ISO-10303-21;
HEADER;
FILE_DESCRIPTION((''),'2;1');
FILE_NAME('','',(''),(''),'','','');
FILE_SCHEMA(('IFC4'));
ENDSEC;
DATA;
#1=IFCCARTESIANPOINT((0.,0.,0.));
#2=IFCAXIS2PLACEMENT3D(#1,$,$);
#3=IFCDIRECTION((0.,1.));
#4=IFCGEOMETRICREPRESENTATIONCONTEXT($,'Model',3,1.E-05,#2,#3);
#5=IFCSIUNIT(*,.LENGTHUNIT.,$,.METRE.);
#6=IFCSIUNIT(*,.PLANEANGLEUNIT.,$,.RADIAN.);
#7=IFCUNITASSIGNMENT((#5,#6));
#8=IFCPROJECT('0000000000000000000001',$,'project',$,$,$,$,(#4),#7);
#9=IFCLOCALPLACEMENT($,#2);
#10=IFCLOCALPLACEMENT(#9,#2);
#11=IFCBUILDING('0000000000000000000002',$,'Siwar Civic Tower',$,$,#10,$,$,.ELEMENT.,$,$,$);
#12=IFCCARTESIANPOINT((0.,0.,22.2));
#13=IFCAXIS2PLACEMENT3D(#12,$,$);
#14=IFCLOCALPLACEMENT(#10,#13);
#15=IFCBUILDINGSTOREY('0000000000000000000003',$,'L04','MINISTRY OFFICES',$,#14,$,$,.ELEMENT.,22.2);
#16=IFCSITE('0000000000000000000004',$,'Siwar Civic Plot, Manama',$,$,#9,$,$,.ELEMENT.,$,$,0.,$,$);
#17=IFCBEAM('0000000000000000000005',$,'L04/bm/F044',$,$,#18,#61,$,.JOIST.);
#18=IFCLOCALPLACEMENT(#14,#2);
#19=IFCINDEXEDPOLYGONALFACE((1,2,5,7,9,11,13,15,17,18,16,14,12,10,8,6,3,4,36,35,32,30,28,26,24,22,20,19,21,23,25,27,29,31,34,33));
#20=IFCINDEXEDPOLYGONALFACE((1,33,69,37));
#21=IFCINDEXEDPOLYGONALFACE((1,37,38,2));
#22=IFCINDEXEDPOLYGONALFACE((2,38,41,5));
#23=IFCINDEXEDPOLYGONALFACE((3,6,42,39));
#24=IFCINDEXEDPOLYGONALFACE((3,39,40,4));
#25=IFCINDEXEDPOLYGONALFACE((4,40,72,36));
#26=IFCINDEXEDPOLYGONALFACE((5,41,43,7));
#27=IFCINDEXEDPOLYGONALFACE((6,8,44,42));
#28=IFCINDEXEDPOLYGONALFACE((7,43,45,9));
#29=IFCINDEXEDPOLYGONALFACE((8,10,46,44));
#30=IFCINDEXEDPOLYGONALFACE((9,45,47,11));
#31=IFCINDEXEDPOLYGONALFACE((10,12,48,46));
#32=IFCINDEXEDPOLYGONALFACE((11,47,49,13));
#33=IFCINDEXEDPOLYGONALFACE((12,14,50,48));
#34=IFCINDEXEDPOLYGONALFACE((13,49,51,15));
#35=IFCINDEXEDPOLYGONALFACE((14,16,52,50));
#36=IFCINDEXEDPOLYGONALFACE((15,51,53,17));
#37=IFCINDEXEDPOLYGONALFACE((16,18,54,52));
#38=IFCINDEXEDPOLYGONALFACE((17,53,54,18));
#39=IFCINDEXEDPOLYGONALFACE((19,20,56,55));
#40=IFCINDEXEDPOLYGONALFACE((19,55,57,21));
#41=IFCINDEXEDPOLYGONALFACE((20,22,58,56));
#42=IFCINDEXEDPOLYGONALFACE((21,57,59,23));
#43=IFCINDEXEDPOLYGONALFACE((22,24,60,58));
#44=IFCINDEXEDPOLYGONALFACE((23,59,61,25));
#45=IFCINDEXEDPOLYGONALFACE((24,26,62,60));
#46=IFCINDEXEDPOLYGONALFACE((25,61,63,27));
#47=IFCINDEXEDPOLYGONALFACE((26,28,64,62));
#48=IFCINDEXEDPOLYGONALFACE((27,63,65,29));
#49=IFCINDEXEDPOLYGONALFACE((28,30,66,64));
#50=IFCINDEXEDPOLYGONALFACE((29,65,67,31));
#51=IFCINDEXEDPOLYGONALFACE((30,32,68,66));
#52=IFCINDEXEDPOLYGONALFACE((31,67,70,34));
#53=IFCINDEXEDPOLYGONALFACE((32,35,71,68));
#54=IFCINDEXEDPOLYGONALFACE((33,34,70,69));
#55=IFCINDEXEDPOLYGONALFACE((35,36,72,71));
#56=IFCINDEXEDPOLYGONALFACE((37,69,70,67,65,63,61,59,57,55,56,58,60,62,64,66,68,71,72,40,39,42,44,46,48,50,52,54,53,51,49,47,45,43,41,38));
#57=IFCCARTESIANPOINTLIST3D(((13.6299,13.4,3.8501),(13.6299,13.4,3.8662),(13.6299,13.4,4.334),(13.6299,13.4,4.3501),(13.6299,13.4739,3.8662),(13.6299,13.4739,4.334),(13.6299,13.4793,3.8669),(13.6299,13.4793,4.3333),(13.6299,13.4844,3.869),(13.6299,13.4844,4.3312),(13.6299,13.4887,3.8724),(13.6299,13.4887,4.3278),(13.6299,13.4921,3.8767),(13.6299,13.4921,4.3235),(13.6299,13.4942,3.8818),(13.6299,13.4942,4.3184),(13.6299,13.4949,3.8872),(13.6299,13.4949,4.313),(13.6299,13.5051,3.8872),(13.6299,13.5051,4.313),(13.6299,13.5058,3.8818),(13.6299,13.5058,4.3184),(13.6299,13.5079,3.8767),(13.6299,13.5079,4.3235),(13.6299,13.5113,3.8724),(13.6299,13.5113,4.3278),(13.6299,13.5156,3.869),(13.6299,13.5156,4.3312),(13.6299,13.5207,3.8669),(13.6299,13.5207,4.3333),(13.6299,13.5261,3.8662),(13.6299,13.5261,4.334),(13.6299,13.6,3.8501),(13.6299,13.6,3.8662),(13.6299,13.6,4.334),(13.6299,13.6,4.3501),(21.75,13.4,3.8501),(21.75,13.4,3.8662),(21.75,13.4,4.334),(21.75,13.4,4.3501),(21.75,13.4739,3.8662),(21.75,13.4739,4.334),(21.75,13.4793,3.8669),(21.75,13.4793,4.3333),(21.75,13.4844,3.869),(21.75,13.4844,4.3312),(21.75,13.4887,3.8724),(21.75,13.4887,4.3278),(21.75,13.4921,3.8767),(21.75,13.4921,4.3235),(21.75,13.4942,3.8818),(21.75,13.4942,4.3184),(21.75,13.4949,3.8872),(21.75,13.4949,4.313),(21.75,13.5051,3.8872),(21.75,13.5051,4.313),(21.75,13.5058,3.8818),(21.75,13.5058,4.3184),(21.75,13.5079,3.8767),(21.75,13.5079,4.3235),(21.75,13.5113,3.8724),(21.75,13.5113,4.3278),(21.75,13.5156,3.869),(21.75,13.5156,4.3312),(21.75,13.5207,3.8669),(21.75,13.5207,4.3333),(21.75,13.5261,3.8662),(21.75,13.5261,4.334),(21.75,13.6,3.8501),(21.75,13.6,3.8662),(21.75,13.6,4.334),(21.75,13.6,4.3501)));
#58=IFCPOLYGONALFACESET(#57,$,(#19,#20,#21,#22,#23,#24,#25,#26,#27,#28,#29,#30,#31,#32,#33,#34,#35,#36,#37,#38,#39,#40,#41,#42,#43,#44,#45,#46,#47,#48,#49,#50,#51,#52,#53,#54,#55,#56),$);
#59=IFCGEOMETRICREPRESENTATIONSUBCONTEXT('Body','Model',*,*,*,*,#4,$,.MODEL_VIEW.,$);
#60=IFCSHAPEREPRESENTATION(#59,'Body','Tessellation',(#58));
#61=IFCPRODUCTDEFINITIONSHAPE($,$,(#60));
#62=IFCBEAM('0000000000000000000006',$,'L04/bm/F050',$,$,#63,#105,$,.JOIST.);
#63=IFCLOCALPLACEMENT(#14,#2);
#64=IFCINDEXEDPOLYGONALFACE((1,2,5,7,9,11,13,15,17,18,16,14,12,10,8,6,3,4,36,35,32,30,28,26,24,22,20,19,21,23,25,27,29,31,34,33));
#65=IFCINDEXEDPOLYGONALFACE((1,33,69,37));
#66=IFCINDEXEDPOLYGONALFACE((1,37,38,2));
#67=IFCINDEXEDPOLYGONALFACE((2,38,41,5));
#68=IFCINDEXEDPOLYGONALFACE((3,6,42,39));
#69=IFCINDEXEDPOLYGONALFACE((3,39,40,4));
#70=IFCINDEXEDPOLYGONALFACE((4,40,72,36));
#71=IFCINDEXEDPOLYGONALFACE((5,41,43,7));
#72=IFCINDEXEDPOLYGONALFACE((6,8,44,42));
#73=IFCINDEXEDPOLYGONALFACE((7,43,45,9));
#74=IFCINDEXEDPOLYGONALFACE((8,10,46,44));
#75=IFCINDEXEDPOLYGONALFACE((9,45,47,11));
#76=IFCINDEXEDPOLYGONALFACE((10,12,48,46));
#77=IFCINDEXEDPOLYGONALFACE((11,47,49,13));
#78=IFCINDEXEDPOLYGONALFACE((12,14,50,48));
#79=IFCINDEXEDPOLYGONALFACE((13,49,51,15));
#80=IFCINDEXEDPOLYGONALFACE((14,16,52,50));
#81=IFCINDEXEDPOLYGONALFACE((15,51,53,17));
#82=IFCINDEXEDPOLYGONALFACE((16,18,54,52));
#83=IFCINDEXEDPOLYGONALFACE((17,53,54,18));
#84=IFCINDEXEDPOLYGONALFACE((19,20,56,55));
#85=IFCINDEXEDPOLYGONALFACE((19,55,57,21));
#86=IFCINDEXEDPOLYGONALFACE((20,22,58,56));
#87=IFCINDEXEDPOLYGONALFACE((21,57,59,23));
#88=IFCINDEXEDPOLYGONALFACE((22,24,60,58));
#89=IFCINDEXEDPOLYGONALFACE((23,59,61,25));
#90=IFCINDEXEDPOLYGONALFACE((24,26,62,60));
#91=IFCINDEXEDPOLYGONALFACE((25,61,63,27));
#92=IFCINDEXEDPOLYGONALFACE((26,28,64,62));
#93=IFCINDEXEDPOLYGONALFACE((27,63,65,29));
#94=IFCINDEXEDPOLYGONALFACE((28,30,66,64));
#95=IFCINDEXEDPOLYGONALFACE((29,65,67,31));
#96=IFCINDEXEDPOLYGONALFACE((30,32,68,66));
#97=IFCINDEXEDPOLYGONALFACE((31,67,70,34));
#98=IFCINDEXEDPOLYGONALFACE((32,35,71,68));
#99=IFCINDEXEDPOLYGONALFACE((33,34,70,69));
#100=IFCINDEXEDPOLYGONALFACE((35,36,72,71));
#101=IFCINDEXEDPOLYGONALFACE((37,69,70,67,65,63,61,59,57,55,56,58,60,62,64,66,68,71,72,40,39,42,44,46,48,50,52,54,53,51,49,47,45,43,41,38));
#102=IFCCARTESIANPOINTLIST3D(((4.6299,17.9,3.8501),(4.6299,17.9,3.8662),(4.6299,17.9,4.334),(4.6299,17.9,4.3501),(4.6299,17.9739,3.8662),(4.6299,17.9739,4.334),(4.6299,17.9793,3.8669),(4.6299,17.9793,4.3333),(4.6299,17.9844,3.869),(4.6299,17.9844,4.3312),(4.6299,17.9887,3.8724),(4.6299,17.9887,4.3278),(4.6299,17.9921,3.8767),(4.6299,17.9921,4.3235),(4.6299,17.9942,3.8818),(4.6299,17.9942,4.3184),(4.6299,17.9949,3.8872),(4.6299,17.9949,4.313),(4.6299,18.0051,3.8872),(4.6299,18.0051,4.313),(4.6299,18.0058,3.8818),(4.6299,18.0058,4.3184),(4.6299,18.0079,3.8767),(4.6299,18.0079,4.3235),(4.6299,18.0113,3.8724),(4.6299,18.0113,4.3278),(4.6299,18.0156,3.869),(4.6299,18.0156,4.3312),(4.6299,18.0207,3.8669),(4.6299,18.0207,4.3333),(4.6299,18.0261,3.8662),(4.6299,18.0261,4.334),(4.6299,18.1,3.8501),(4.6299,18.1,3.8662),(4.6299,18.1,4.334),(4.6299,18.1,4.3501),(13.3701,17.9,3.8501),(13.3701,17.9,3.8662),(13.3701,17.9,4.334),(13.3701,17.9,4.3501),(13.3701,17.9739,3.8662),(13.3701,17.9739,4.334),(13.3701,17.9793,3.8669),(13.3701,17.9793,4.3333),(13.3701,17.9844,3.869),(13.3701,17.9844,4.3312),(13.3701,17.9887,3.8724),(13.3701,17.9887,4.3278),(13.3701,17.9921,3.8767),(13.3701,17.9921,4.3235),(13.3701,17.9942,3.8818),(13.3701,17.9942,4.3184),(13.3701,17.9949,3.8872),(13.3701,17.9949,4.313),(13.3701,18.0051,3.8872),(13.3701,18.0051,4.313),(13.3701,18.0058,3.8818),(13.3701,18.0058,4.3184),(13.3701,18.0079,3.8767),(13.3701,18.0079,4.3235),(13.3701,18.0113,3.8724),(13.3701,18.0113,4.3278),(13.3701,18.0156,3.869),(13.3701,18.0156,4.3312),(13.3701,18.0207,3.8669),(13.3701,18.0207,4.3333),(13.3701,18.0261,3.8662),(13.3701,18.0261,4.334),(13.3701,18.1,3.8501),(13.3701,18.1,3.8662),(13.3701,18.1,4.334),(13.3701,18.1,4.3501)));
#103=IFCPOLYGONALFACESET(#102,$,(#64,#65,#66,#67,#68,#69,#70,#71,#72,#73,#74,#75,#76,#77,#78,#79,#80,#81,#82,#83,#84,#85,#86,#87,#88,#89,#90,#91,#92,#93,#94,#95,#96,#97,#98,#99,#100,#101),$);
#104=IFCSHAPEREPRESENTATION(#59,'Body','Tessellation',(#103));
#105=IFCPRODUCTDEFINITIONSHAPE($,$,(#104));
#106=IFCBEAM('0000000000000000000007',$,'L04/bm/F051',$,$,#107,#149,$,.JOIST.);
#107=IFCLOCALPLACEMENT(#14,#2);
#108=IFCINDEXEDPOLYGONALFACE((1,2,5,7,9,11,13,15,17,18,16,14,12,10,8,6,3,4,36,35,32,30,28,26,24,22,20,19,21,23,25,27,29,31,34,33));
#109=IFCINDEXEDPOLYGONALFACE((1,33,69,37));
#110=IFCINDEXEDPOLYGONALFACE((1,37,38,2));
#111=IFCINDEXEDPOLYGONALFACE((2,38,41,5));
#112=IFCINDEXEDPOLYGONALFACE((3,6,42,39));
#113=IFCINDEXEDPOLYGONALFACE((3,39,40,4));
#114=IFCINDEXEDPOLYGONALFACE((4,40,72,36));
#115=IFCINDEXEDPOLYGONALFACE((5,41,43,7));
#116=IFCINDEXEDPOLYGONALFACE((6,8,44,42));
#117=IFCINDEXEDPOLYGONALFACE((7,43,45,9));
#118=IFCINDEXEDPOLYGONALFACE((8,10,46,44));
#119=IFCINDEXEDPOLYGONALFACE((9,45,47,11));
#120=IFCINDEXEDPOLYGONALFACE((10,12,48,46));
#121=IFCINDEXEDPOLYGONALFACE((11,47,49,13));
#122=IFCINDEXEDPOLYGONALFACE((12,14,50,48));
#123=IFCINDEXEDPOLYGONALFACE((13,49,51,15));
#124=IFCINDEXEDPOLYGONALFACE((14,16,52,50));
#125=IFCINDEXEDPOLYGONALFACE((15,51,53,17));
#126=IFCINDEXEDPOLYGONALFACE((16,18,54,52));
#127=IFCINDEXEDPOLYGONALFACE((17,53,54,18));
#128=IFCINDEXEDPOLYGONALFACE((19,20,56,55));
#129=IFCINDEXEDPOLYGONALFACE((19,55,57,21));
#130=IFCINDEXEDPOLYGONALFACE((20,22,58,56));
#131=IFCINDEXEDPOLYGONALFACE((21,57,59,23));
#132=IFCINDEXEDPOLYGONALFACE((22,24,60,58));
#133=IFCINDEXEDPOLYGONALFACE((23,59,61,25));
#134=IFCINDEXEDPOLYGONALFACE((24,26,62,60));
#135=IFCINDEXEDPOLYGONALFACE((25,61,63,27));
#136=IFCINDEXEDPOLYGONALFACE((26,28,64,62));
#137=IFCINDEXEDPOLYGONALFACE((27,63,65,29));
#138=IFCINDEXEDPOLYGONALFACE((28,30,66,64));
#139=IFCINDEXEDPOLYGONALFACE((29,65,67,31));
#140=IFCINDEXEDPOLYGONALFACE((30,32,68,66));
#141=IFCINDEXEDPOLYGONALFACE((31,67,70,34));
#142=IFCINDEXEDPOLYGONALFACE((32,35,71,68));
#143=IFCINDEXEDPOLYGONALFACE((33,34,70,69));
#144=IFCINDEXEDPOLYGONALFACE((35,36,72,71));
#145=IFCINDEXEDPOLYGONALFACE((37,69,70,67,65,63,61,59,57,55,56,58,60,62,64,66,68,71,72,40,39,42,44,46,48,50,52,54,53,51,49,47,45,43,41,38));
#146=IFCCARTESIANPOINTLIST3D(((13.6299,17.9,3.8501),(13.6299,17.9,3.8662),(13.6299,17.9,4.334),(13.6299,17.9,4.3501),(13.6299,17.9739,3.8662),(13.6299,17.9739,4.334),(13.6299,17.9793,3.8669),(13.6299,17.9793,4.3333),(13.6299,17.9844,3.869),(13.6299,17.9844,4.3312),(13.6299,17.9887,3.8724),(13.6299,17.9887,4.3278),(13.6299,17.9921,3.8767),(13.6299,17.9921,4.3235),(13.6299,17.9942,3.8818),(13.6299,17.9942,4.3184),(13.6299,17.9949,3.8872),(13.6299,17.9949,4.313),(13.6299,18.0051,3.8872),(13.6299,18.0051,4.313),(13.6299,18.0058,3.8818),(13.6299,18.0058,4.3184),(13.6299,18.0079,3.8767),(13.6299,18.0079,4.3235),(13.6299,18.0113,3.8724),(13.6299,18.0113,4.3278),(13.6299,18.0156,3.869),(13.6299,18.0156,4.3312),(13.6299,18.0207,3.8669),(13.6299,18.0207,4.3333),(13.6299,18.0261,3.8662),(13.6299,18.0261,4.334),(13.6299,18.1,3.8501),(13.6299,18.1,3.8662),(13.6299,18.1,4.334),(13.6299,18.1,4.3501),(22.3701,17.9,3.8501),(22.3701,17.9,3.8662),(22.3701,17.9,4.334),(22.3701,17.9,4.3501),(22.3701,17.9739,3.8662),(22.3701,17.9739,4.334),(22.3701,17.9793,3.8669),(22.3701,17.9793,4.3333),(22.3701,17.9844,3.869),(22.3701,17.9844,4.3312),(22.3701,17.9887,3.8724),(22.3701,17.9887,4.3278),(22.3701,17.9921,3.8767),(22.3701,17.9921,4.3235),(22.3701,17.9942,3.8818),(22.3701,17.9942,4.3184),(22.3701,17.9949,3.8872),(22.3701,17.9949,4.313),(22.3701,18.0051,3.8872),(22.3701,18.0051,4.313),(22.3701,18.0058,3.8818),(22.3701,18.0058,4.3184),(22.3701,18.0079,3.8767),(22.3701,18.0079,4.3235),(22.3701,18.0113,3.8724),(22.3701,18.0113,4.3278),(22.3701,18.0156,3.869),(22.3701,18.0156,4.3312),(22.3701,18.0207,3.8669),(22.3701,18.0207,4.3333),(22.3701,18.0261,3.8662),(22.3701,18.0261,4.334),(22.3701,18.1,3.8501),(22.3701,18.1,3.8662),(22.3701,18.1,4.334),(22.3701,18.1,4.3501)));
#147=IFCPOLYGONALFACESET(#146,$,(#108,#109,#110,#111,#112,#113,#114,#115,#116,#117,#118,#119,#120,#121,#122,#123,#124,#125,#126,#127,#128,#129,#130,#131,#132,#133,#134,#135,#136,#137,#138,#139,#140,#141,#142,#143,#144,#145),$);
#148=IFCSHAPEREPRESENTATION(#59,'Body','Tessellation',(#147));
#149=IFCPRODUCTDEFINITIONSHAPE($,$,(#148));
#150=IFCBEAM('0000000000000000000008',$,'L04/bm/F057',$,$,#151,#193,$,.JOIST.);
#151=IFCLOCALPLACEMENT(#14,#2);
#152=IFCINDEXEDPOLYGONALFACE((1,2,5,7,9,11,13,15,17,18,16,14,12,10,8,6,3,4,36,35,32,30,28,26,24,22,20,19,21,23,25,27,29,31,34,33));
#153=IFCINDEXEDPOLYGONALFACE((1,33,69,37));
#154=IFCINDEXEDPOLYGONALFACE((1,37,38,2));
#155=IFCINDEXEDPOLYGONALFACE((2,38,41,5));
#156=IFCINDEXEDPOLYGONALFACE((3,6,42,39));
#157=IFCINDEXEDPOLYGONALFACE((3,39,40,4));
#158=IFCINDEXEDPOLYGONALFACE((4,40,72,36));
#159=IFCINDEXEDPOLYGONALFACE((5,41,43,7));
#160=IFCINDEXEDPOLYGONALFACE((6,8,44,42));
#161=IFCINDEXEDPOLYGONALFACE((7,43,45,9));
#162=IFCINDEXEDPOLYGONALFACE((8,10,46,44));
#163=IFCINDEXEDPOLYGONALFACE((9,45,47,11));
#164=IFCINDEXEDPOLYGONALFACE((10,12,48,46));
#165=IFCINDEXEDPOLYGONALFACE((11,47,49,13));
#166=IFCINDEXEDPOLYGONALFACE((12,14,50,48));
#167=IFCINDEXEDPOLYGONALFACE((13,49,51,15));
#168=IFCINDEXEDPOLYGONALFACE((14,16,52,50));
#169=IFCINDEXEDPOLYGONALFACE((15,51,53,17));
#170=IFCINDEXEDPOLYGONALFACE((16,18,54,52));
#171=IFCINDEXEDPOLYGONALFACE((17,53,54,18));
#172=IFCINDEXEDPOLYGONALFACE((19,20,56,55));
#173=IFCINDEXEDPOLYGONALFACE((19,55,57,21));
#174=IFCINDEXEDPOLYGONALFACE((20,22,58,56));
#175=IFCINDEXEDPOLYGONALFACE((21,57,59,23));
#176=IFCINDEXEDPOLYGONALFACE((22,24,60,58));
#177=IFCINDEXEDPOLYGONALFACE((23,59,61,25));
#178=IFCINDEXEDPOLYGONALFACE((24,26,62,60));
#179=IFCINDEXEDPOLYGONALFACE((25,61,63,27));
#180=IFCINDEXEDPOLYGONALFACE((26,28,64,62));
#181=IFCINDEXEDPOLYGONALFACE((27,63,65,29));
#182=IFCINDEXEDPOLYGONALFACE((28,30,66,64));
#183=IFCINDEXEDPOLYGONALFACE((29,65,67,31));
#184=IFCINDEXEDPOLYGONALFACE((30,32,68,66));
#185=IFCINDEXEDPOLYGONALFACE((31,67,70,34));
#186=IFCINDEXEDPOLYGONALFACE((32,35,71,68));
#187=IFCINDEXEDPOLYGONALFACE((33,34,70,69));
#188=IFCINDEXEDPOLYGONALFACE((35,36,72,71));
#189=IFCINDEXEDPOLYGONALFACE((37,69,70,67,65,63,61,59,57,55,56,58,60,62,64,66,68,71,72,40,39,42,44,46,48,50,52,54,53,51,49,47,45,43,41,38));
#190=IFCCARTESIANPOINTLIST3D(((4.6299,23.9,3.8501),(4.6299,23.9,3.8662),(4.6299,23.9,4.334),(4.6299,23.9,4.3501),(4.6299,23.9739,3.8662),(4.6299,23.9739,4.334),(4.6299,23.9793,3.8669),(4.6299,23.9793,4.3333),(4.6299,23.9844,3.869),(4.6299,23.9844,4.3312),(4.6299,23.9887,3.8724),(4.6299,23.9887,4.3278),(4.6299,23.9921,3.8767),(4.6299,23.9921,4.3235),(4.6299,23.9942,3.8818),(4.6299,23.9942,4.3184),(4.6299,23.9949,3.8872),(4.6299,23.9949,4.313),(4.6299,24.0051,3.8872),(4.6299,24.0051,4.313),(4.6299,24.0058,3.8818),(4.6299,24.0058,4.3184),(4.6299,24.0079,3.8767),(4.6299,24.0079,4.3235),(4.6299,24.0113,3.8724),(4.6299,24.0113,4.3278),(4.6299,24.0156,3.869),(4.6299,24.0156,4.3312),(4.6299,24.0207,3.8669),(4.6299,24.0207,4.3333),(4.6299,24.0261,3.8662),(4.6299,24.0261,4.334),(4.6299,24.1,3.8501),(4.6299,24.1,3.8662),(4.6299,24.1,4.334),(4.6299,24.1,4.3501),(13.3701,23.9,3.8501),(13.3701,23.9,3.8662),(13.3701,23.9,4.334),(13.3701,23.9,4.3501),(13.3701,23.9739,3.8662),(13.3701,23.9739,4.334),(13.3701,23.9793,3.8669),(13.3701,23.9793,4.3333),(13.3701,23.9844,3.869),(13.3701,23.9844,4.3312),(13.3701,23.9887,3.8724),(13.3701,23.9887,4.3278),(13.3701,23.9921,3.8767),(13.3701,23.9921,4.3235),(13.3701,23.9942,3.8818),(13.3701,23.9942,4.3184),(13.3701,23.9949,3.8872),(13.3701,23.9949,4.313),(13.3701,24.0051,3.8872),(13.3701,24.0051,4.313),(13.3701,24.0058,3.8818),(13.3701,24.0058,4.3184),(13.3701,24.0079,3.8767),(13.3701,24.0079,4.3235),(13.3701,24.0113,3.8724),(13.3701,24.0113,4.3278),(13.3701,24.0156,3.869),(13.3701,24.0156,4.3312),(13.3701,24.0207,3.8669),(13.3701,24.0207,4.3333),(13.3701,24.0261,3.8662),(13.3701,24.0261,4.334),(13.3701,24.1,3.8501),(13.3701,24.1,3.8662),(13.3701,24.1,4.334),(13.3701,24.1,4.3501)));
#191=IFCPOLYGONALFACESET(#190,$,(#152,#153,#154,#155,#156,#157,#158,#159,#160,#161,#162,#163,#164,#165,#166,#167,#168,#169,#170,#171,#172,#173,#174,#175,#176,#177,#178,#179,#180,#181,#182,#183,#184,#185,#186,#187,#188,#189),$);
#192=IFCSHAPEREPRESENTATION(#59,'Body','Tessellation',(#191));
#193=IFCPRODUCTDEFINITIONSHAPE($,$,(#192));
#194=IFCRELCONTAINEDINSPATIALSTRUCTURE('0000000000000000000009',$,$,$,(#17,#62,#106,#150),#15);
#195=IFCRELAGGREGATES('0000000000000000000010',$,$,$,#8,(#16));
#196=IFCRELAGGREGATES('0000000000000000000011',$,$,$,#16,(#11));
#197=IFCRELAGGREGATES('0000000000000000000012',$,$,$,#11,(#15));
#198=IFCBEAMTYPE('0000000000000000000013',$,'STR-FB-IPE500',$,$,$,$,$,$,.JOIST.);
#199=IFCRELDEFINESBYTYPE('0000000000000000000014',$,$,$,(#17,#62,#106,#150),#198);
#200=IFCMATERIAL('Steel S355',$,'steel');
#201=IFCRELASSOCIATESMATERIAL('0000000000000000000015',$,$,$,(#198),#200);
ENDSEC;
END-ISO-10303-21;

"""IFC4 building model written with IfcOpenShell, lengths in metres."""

from ifc_helpers import new_model, si_unit, direction, frame, origin, origin_2d, place, context, subcontext, project, spatial, i_section, extrude, material, material_profile, profile_set, type_object, element, save


model = new_model("IFC4")

# Units and contexts
model_context = context("Model", 3, precision=1e-05, world=origin(), true_north=direction((0.0, 1.0)))
body_context = subcontext(model_context, "Body", "Model", "MODEL_VIEW")
ifc_project = project(units=[si_unit("LENGTHUNIT", "METRE"), si_unit("PLANEANGLEUNIT", "RADIAN")], contexts=[model_context])

# Site, building, storey
site_placement = place(None, origin())
site = spatial("IfcSite", under=ifc_project, at=site_placement, Name="Siwar Civic Plot, Manama", CompositionType="ELEMENT", RefElevation=0.0)
building_placement = place(site_placement, origin())
building = spatial("IfcBuilding", under=site, at=building_placement, Name="Siwar Civic Tower", CompositionType="ELEMENT")
storey_placement = place(building_placement, frame((0.0, 0.0, 22.2)))
storey = spatial("IfcBuildingStorey", under=building, at=storey_placement, Name="L04", Description="MINISTRY OFFICES", CompositionType="ELEMENT", Elevation=22.2)

# Beams
ifc_material_1 = material(Name="Steel S355", Category="steel")
ifc_material_profile_1 = material_profile(ifc_material_1, i_section(OverallWidth=0.2, OverallDepth=0.5, WebThickness=0.0103, FlangeThickness=0.0161, FilletRadius=0.021, at=origin_2d()), Name="IPE500")
ifc_profile_set_1 = profile_set([ifc_material_profile_1], Name="Steel S355")
beam_type_1 = type_object("IfcBeamType", Name="STR-FB-IPE500", PredefinedType="JOIST", material=ifc_profile_set_1)
beam_1_placement = place(storey_placement, frame((13.6299, 13.5, 4.1001), z_axis=(1.0, 0.0, 0.0), x_axis=(0.0, 1.0, 0.0)))
element("IfcBeam", 1, at=beam_1_placement, inside=storey, type_object=beam_type_1, Name="L04/bm/F044", PredefinedType="JOIST", context=body_context, shape_type="SweptSolid", body=[
    extrude(i_section(OverallWidth=0.2, OverallDepth=0.5, WebThickness=0.0103, FlangeThickness=0.0161, FilletRadius=0.021, at=origin_2d()), origin(), (0.0, 0.0, 1.0), 8.1201),
])
for number, where, z_axis, x_axis, name in (
    (2, (4.6299, 18.0, 4.1001), (1.0, 0.0, 0.0), (0.0, 1.0, 0.0), "L04/bm/F050"),
    (3, (13.6299, 18.0, 4.1001), (1.0, 0.0, 0.0), (0.0, 1.0, 0.0), "L04/bm/F051"),
    (4, (4.6299, 24.0, 4.1001), (1.0, 0.0, 0.0), (0.0, 1.0, 0.0), "L04/bm/F057"),
):
    element("IfcBeam", number, at=place(storey_placement, frame(where, z_axis=z_axis, x_axis=x_axis)), inside=storey, type_object=beam_type_1, Name=name, PredefinedType="JOIST", context=body_context, shape_type="SweptSolid", body=[
        extrude(i_section(OverallWidth=0.2, OverallDepth=0.5, WebThickness=0.0103, FlangeThickness=0.0161, FilletRadius=0.021, at=origin_2d()), origin(), (0.0, 0.0, 1.0), 8.7402),
    ])

save(model, "model.ifc")
